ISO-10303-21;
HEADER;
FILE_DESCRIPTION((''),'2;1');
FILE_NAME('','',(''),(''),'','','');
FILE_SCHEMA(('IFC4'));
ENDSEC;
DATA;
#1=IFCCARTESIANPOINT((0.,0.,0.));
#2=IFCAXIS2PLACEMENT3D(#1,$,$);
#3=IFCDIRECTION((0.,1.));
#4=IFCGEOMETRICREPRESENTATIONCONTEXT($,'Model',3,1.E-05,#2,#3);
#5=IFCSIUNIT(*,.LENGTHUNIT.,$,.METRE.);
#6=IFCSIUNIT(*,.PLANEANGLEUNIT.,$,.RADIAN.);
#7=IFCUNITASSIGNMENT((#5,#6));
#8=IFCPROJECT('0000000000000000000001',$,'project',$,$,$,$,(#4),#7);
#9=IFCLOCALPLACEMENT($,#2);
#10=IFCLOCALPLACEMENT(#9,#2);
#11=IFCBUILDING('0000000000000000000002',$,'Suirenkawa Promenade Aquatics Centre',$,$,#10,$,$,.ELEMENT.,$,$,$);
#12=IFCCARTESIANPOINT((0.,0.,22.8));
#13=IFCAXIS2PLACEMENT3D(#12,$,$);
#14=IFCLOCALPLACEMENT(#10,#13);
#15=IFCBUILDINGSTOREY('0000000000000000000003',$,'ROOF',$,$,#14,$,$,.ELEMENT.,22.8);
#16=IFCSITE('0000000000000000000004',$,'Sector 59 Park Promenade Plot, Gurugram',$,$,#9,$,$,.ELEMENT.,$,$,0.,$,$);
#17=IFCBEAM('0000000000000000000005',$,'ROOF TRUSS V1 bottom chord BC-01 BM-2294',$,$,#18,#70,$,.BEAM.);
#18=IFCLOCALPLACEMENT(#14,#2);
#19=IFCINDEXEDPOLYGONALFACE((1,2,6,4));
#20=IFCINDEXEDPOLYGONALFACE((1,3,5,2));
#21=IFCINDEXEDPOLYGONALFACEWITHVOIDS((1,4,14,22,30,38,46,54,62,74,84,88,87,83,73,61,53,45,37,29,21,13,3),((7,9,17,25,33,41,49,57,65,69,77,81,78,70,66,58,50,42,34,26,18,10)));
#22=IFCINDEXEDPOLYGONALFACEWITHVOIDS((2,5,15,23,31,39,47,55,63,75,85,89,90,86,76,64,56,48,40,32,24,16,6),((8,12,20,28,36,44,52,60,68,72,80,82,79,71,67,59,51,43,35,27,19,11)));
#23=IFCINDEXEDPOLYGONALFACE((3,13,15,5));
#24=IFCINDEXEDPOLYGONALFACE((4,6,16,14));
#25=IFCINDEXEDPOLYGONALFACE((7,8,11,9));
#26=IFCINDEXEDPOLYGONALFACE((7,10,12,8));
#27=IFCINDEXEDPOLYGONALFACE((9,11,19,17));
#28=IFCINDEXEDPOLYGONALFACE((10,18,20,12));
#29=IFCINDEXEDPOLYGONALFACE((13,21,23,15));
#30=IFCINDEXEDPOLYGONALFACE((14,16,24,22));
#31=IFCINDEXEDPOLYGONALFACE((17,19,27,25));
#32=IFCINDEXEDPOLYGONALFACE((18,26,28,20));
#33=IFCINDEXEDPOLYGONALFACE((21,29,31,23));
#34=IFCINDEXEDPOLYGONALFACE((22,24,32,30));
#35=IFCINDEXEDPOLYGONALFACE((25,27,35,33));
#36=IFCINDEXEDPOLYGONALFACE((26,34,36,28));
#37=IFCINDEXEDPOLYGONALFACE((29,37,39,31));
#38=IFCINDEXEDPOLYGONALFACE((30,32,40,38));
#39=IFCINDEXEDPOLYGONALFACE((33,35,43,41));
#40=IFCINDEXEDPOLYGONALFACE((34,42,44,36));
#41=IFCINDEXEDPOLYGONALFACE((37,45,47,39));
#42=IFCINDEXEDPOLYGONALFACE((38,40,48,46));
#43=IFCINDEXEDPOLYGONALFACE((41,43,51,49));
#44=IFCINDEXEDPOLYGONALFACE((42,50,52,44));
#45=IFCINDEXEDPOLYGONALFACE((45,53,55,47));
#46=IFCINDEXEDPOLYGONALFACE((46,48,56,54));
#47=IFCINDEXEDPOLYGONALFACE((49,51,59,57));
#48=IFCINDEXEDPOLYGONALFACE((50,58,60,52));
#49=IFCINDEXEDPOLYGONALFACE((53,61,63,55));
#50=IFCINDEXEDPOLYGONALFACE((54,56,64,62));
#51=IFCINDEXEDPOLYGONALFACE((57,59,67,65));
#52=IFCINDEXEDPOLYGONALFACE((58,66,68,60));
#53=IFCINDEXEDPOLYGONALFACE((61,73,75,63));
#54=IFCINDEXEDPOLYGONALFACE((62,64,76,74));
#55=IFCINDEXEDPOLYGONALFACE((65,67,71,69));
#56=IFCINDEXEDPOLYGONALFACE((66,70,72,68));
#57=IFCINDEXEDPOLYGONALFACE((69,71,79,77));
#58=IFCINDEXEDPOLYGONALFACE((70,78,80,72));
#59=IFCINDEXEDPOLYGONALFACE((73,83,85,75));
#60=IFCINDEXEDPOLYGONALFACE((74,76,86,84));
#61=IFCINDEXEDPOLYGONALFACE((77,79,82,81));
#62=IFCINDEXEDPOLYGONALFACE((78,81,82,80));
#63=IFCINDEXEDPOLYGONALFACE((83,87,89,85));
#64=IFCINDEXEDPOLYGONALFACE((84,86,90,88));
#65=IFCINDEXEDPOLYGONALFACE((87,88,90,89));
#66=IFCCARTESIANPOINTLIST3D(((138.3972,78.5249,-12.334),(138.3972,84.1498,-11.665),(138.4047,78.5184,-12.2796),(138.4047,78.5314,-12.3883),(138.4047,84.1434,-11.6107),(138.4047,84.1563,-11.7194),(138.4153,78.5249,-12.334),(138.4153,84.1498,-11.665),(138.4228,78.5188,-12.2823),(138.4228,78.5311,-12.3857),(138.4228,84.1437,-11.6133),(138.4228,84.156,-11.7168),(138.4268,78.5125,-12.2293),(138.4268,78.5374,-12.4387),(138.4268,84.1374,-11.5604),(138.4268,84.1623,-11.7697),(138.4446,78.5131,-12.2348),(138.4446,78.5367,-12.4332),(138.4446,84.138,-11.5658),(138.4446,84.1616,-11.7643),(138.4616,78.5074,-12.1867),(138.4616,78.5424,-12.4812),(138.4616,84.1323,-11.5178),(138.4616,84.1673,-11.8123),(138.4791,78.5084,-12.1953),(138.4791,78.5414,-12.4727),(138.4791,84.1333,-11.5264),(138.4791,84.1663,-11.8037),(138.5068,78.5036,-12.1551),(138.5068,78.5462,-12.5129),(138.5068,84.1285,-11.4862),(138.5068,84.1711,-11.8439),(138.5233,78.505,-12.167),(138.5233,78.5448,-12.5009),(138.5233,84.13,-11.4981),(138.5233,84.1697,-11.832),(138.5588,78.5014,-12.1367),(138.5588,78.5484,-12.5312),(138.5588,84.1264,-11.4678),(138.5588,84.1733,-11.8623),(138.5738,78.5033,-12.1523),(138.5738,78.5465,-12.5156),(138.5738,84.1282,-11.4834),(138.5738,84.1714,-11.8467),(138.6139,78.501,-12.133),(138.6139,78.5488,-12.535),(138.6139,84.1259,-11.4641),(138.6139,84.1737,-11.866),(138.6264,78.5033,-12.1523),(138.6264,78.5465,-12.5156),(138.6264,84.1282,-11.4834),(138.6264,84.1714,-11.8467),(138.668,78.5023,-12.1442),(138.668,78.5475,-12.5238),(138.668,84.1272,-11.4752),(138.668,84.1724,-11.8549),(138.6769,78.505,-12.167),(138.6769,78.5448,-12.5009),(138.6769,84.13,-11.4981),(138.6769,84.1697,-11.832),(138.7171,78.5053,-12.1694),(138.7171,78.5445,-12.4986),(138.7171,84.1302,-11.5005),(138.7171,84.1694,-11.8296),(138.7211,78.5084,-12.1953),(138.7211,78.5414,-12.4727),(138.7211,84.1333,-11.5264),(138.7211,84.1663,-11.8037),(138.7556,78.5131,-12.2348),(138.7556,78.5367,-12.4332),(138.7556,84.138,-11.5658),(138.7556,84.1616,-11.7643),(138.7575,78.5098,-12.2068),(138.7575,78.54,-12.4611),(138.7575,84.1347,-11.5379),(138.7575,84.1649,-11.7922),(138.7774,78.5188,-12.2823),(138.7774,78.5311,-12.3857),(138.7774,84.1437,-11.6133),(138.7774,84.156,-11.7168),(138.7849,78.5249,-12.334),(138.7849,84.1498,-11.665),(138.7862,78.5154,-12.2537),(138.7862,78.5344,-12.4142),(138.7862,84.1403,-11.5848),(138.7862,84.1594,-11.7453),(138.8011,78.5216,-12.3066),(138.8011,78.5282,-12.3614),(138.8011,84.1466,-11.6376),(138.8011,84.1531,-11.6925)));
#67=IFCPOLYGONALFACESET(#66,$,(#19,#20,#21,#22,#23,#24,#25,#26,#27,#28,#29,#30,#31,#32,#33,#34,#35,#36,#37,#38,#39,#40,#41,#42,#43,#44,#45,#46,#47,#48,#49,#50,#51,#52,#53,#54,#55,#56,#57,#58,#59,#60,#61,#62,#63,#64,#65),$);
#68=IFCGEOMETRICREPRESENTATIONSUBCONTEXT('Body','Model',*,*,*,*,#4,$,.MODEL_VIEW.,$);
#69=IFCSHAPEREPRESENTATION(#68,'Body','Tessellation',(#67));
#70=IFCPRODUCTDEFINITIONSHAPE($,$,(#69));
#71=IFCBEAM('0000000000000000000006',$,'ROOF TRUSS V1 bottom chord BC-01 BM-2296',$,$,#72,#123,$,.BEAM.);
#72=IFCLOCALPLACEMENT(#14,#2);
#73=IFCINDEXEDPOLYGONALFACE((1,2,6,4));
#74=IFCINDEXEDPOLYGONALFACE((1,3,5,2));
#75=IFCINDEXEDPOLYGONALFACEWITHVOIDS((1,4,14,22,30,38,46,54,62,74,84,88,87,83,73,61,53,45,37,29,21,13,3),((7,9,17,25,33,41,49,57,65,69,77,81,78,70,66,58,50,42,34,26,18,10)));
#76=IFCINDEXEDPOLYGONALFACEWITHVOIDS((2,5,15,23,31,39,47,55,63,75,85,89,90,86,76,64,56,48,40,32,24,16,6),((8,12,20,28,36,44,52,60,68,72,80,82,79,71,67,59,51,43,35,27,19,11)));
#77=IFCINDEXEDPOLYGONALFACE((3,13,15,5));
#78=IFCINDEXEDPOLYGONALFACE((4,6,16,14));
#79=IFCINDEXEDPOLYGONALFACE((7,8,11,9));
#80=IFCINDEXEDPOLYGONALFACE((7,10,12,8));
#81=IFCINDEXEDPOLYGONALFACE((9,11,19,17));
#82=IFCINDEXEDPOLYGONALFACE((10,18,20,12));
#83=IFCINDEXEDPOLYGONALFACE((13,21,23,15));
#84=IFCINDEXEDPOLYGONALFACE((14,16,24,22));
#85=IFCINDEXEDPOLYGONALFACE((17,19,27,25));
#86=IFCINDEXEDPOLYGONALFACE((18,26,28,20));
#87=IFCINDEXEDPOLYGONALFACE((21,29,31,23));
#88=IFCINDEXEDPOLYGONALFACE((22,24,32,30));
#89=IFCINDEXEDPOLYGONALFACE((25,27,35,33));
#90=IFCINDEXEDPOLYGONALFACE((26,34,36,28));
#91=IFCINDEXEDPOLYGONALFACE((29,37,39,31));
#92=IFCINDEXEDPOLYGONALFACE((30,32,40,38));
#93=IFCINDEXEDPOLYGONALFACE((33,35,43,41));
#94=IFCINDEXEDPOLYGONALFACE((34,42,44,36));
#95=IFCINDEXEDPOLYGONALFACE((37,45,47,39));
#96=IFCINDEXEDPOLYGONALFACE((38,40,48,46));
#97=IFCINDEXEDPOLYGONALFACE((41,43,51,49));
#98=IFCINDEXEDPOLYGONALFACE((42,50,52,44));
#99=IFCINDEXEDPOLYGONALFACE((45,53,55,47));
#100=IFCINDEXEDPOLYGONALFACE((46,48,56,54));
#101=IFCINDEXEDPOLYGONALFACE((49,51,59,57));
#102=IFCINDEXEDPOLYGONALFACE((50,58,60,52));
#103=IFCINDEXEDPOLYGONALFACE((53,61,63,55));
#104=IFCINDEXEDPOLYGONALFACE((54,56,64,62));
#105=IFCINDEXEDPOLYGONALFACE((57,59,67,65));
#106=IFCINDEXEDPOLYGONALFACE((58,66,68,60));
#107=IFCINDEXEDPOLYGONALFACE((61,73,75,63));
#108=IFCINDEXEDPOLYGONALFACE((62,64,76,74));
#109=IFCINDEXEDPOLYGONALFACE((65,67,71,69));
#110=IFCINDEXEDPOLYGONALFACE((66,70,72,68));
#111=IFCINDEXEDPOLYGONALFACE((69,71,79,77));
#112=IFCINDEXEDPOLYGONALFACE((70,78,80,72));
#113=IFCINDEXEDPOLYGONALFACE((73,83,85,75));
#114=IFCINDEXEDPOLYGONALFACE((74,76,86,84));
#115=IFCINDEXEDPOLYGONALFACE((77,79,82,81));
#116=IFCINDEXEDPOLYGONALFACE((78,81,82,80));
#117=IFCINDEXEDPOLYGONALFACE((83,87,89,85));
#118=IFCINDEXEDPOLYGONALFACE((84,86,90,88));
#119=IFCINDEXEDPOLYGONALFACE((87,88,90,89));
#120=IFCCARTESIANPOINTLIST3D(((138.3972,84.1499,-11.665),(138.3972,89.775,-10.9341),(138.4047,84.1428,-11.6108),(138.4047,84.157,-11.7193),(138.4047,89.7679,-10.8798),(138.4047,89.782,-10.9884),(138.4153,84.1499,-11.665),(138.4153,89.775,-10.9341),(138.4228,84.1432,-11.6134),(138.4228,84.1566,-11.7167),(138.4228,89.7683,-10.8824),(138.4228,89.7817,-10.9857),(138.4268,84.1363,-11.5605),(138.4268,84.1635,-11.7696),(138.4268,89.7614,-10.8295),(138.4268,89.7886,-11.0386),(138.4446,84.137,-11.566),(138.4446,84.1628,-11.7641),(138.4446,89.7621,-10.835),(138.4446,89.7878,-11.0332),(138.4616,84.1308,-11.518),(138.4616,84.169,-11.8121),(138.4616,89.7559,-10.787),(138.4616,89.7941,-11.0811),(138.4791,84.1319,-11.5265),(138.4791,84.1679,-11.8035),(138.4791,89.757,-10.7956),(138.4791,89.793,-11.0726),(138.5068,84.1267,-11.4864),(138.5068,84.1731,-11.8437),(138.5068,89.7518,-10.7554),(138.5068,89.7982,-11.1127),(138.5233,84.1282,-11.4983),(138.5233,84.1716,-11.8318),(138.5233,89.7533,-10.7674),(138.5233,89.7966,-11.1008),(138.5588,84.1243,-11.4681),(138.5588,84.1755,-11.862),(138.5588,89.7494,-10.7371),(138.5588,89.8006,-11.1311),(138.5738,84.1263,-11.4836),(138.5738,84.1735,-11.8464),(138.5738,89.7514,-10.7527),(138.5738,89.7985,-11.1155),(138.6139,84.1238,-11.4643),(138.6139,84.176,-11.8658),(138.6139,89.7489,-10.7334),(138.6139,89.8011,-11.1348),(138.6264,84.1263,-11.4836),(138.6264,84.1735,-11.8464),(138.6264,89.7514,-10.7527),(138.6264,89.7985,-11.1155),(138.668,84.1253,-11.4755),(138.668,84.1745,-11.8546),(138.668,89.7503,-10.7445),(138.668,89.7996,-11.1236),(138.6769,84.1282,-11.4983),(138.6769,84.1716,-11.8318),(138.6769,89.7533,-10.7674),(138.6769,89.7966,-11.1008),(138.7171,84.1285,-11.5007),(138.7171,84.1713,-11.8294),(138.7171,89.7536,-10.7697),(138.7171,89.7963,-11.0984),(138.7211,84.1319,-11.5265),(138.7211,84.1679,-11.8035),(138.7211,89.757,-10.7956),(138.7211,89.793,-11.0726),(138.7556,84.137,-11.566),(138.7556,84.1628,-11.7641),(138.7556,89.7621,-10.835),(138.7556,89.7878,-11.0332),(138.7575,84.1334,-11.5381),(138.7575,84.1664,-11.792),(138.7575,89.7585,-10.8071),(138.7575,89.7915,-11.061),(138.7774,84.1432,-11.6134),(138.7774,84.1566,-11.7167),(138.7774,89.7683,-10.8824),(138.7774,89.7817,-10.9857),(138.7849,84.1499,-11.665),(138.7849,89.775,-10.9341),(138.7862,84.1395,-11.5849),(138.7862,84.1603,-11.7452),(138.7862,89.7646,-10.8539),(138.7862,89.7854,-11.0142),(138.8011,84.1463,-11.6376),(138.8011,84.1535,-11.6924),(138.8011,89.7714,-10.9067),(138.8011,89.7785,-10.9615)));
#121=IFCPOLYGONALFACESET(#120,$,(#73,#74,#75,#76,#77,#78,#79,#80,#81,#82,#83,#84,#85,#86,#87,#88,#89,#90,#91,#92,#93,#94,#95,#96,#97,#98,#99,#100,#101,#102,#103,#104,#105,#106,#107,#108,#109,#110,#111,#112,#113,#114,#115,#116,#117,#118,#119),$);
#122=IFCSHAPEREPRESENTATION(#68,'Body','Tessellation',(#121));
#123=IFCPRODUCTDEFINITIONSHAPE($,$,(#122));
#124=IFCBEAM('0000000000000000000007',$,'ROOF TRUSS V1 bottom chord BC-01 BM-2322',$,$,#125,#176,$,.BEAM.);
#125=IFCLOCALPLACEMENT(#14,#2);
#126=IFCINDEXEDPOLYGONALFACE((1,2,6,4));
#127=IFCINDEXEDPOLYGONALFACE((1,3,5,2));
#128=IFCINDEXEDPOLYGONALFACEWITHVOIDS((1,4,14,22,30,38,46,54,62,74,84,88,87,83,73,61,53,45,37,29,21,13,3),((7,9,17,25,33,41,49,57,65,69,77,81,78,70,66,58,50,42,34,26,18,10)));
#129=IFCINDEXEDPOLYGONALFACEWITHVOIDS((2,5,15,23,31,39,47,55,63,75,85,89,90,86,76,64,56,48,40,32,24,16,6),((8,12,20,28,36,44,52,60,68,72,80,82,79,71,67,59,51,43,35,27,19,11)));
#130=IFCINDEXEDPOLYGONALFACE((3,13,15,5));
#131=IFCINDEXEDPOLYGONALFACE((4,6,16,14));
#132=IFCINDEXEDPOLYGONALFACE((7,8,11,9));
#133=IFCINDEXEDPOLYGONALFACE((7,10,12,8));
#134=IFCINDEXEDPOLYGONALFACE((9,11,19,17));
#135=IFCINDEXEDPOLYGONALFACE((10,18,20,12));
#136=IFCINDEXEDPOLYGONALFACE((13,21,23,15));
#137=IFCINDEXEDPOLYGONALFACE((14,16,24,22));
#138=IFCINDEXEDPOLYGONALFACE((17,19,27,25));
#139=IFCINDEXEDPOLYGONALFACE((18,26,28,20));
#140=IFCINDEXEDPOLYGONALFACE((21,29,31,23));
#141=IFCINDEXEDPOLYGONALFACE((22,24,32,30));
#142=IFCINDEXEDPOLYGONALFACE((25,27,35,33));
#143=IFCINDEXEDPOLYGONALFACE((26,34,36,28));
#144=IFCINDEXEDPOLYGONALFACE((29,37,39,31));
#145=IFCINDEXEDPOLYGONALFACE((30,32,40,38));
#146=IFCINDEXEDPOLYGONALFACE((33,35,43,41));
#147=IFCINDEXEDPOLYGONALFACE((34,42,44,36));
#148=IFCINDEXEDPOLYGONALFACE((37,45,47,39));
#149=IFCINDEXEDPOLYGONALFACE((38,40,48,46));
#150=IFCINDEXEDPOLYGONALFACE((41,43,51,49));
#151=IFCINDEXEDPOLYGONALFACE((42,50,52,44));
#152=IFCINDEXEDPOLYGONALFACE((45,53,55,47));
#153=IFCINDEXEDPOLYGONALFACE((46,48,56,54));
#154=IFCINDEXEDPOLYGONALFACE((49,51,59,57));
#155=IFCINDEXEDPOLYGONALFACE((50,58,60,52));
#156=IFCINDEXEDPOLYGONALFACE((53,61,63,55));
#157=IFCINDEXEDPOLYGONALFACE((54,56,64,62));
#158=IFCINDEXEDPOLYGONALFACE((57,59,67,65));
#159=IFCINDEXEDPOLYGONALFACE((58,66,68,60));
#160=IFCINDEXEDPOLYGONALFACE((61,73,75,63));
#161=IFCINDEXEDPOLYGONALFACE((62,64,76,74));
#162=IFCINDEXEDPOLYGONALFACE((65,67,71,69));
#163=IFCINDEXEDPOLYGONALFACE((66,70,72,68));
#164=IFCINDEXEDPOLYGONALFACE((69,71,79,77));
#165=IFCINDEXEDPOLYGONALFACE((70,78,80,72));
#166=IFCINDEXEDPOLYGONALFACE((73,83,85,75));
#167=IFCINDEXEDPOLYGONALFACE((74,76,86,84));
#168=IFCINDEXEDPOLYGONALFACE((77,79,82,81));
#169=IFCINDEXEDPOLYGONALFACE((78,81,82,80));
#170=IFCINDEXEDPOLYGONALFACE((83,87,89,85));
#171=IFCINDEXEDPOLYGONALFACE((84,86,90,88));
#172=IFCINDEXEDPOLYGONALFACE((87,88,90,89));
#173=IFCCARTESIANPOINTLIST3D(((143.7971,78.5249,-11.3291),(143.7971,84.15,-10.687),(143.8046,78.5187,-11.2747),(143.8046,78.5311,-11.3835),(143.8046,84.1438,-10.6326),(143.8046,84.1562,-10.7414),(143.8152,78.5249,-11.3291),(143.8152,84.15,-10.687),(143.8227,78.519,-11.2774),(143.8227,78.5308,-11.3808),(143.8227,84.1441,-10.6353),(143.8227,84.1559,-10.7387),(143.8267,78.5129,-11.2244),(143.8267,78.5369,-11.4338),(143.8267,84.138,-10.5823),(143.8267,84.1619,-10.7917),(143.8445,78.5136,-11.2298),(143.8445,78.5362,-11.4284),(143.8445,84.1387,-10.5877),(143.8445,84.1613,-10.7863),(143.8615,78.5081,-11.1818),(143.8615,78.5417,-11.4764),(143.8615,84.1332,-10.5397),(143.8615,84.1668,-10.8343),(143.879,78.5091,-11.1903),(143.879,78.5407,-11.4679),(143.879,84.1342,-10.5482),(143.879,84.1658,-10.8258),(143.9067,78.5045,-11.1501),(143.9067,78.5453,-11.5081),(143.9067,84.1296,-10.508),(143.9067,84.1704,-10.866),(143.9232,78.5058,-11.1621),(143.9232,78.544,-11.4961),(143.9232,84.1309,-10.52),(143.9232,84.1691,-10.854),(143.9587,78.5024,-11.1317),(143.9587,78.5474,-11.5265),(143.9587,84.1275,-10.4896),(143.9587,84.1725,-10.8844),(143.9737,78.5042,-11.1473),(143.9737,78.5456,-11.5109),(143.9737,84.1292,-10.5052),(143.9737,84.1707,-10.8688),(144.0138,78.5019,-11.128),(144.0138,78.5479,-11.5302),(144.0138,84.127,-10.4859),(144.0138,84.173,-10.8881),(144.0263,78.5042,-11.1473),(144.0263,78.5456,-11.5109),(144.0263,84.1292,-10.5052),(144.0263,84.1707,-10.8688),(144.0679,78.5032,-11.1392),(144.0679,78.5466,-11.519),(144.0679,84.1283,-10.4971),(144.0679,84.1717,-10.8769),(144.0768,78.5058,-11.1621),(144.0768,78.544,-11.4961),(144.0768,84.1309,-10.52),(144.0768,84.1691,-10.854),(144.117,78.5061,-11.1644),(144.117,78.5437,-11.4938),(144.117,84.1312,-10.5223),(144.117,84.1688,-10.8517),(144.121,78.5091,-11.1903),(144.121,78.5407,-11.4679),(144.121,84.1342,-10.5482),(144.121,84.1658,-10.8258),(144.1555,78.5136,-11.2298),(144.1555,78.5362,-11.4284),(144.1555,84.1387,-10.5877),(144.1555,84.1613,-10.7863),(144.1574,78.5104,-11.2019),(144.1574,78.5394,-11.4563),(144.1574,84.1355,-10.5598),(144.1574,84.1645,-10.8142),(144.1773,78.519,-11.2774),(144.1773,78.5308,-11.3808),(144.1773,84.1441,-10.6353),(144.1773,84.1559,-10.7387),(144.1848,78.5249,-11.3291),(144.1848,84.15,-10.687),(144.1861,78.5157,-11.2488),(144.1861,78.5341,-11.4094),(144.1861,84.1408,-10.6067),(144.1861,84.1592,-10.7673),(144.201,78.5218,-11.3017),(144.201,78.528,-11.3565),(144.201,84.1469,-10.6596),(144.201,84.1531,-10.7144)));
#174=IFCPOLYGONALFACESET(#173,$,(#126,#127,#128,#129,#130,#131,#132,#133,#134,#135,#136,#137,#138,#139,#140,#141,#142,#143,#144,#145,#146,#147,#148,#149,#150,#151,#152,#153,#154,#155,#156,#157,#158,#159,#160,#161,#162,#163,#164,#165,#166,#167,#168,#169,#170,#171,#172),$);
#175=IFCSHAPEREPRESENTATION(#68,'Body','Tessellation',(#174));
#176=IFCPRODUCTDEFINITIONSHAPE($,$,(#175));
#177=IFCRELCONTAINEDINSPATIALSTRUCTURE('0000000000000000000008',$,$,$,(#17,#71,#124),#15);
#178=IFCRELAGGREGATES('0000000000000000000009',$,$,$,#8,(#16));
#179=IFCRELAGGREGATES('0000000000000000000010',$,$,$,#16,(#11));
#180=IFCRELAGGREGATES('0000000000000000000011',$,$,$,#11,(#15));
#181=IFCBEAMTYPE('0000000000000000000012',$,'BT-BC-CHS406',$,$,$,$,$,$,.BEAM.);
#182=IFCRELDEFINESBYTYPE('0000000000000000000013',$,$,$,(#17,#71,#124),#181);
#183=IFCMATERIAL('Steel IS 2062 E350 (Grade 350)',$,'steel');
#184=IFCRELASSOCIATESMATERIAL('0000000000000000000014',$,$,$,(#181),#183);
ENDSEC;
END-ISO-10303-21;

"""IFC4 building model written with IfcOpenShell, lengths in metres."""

from ifc_helpers import new_model, si_unit, direction, frame, origin, origin_2d, place, context, subcontext, project, spatial, hollow_circle, extrude, material, material_profile, profile_set, type_object, element, save


model = new_model("IFC4")

# Units and contexts
model_context = context("Model", 3, precision=1e-05, world=origin(), true_north=direction((0.0, 1.0)))
body_context = subcontext(model_context, "Body", "Model", "MODEL_VIEW")
ifc_project = project(units=[si_unit("LENGTHUNIT", "METRE"), si_unit("PLANEANGLEUNIT", "RADIAN")], contexts=[model_context])

# Site, building, storey
site_placement = place(None, origin())
site = spatial("IfcSite", under=ifc_project, at=site_placement, Name="Sector 59 Park Promenade Plot, Gurugram", CompositionType="ELEMENT", RefElevation=0.0)
building_placement = place(site_placement, origin())
building = spatial("IfcBuilding", under=site, at=building_placement, Name="Suirenkawa Promenade Aquatics Centre", CompositionType="ELEMENT")
storey_placement = place(building_placement, frame((0.0, 0.0, 22.8)))
storey = spatial("IfcBuildingStorey", under=building, at=storey_placement, Name="ROOF", CompositionType="ELEMENT", Elevation=22.8)

# Beams
ifc_material = material(Name="Steel IS 2062 E350 (Grade 350)", Category="steel")
ifc_material_profile_1 = material_profile(ifc_material, hollow_circle(Radius=0.2029, WallThickness=0.0181, at=origin_2d()), Name="CHS 406x18", Category="steel")
ifc_profile_set_1 = profile_set([ifc_material_profile_1], Name="Steel IS 2062 E350 (Grade 350)")
beam_type_1 = type_object("IfcBeamType", Name="BT-BC-CHS406", PredefinedType="BEAM", material=ifc_profile_set_1)
beam_1_placement = place(storey_placement, frame((138.6001, 78.5249, -12.334), z_axis=(0.0, 0.993003, 0.118091), x_axis=(-1.0, 0.0, 0.0)))
element("IfcBeam", 1, at=beam_1_placement, inside=storey, type_object=beam_type_1, Name="ROOF TRUSS V1 bottom chord BC-01 BM-2294", PredefinedType="BEAM", context=body_context, shape_type="SweptSolid", body=[
    extrude(hollow_circle(Radius=0.2029, WallThickness=0.0181, at=origin_2d()), origin(), (0.0, 0.0, 1.0), 5.6646),
])
beam_2_placement = place(storey_placement, frame((138.6001, 84.1499, -11.665), z_axis=(0.0, 0.991662, 0.128864), x_axis=(-1.0, 0.0, 0.0)))
element("IfcBeam", 2, at=beam_2_placement, inside=storey, type_object=beam_type_1, Name="ROOF TRUSS V1 bottom chord BC-01 BM-2296", PredefinedType="BEAM", context=body_context, shape_type="SweptSolid", body=[
    extrude(hollow_circle(Radius=0.2029, WallThickness=0.0181, at=origin_2d()), origin(), (0.0, 0.0, 1.0), 5.6724),
])
beam_3_placement = place(storey_placement, frame((144.0, 78.5249, -11.3291), z_axis=(0.0, 0.993548, 0.113413), x_axis=(-1.0, 0.0, 0.0)))
element("IfcBeam", 3, at=beam_3_placement, inside=storey, type_object=beam_type_1, Name="ROOF TRUSS V1 bottom chord BC-01 BM-2322", PredefinedType="BEAM", context=body_context, shape_type="SweptSolid", body=[
    extrude(hollow_circle(Radius=0.2029, WallThickness=0.0181, at=origin_2d()), origin(), (0.0, 0.0, 1.0), 5.6616),
])

save(model, "model.ifc")
